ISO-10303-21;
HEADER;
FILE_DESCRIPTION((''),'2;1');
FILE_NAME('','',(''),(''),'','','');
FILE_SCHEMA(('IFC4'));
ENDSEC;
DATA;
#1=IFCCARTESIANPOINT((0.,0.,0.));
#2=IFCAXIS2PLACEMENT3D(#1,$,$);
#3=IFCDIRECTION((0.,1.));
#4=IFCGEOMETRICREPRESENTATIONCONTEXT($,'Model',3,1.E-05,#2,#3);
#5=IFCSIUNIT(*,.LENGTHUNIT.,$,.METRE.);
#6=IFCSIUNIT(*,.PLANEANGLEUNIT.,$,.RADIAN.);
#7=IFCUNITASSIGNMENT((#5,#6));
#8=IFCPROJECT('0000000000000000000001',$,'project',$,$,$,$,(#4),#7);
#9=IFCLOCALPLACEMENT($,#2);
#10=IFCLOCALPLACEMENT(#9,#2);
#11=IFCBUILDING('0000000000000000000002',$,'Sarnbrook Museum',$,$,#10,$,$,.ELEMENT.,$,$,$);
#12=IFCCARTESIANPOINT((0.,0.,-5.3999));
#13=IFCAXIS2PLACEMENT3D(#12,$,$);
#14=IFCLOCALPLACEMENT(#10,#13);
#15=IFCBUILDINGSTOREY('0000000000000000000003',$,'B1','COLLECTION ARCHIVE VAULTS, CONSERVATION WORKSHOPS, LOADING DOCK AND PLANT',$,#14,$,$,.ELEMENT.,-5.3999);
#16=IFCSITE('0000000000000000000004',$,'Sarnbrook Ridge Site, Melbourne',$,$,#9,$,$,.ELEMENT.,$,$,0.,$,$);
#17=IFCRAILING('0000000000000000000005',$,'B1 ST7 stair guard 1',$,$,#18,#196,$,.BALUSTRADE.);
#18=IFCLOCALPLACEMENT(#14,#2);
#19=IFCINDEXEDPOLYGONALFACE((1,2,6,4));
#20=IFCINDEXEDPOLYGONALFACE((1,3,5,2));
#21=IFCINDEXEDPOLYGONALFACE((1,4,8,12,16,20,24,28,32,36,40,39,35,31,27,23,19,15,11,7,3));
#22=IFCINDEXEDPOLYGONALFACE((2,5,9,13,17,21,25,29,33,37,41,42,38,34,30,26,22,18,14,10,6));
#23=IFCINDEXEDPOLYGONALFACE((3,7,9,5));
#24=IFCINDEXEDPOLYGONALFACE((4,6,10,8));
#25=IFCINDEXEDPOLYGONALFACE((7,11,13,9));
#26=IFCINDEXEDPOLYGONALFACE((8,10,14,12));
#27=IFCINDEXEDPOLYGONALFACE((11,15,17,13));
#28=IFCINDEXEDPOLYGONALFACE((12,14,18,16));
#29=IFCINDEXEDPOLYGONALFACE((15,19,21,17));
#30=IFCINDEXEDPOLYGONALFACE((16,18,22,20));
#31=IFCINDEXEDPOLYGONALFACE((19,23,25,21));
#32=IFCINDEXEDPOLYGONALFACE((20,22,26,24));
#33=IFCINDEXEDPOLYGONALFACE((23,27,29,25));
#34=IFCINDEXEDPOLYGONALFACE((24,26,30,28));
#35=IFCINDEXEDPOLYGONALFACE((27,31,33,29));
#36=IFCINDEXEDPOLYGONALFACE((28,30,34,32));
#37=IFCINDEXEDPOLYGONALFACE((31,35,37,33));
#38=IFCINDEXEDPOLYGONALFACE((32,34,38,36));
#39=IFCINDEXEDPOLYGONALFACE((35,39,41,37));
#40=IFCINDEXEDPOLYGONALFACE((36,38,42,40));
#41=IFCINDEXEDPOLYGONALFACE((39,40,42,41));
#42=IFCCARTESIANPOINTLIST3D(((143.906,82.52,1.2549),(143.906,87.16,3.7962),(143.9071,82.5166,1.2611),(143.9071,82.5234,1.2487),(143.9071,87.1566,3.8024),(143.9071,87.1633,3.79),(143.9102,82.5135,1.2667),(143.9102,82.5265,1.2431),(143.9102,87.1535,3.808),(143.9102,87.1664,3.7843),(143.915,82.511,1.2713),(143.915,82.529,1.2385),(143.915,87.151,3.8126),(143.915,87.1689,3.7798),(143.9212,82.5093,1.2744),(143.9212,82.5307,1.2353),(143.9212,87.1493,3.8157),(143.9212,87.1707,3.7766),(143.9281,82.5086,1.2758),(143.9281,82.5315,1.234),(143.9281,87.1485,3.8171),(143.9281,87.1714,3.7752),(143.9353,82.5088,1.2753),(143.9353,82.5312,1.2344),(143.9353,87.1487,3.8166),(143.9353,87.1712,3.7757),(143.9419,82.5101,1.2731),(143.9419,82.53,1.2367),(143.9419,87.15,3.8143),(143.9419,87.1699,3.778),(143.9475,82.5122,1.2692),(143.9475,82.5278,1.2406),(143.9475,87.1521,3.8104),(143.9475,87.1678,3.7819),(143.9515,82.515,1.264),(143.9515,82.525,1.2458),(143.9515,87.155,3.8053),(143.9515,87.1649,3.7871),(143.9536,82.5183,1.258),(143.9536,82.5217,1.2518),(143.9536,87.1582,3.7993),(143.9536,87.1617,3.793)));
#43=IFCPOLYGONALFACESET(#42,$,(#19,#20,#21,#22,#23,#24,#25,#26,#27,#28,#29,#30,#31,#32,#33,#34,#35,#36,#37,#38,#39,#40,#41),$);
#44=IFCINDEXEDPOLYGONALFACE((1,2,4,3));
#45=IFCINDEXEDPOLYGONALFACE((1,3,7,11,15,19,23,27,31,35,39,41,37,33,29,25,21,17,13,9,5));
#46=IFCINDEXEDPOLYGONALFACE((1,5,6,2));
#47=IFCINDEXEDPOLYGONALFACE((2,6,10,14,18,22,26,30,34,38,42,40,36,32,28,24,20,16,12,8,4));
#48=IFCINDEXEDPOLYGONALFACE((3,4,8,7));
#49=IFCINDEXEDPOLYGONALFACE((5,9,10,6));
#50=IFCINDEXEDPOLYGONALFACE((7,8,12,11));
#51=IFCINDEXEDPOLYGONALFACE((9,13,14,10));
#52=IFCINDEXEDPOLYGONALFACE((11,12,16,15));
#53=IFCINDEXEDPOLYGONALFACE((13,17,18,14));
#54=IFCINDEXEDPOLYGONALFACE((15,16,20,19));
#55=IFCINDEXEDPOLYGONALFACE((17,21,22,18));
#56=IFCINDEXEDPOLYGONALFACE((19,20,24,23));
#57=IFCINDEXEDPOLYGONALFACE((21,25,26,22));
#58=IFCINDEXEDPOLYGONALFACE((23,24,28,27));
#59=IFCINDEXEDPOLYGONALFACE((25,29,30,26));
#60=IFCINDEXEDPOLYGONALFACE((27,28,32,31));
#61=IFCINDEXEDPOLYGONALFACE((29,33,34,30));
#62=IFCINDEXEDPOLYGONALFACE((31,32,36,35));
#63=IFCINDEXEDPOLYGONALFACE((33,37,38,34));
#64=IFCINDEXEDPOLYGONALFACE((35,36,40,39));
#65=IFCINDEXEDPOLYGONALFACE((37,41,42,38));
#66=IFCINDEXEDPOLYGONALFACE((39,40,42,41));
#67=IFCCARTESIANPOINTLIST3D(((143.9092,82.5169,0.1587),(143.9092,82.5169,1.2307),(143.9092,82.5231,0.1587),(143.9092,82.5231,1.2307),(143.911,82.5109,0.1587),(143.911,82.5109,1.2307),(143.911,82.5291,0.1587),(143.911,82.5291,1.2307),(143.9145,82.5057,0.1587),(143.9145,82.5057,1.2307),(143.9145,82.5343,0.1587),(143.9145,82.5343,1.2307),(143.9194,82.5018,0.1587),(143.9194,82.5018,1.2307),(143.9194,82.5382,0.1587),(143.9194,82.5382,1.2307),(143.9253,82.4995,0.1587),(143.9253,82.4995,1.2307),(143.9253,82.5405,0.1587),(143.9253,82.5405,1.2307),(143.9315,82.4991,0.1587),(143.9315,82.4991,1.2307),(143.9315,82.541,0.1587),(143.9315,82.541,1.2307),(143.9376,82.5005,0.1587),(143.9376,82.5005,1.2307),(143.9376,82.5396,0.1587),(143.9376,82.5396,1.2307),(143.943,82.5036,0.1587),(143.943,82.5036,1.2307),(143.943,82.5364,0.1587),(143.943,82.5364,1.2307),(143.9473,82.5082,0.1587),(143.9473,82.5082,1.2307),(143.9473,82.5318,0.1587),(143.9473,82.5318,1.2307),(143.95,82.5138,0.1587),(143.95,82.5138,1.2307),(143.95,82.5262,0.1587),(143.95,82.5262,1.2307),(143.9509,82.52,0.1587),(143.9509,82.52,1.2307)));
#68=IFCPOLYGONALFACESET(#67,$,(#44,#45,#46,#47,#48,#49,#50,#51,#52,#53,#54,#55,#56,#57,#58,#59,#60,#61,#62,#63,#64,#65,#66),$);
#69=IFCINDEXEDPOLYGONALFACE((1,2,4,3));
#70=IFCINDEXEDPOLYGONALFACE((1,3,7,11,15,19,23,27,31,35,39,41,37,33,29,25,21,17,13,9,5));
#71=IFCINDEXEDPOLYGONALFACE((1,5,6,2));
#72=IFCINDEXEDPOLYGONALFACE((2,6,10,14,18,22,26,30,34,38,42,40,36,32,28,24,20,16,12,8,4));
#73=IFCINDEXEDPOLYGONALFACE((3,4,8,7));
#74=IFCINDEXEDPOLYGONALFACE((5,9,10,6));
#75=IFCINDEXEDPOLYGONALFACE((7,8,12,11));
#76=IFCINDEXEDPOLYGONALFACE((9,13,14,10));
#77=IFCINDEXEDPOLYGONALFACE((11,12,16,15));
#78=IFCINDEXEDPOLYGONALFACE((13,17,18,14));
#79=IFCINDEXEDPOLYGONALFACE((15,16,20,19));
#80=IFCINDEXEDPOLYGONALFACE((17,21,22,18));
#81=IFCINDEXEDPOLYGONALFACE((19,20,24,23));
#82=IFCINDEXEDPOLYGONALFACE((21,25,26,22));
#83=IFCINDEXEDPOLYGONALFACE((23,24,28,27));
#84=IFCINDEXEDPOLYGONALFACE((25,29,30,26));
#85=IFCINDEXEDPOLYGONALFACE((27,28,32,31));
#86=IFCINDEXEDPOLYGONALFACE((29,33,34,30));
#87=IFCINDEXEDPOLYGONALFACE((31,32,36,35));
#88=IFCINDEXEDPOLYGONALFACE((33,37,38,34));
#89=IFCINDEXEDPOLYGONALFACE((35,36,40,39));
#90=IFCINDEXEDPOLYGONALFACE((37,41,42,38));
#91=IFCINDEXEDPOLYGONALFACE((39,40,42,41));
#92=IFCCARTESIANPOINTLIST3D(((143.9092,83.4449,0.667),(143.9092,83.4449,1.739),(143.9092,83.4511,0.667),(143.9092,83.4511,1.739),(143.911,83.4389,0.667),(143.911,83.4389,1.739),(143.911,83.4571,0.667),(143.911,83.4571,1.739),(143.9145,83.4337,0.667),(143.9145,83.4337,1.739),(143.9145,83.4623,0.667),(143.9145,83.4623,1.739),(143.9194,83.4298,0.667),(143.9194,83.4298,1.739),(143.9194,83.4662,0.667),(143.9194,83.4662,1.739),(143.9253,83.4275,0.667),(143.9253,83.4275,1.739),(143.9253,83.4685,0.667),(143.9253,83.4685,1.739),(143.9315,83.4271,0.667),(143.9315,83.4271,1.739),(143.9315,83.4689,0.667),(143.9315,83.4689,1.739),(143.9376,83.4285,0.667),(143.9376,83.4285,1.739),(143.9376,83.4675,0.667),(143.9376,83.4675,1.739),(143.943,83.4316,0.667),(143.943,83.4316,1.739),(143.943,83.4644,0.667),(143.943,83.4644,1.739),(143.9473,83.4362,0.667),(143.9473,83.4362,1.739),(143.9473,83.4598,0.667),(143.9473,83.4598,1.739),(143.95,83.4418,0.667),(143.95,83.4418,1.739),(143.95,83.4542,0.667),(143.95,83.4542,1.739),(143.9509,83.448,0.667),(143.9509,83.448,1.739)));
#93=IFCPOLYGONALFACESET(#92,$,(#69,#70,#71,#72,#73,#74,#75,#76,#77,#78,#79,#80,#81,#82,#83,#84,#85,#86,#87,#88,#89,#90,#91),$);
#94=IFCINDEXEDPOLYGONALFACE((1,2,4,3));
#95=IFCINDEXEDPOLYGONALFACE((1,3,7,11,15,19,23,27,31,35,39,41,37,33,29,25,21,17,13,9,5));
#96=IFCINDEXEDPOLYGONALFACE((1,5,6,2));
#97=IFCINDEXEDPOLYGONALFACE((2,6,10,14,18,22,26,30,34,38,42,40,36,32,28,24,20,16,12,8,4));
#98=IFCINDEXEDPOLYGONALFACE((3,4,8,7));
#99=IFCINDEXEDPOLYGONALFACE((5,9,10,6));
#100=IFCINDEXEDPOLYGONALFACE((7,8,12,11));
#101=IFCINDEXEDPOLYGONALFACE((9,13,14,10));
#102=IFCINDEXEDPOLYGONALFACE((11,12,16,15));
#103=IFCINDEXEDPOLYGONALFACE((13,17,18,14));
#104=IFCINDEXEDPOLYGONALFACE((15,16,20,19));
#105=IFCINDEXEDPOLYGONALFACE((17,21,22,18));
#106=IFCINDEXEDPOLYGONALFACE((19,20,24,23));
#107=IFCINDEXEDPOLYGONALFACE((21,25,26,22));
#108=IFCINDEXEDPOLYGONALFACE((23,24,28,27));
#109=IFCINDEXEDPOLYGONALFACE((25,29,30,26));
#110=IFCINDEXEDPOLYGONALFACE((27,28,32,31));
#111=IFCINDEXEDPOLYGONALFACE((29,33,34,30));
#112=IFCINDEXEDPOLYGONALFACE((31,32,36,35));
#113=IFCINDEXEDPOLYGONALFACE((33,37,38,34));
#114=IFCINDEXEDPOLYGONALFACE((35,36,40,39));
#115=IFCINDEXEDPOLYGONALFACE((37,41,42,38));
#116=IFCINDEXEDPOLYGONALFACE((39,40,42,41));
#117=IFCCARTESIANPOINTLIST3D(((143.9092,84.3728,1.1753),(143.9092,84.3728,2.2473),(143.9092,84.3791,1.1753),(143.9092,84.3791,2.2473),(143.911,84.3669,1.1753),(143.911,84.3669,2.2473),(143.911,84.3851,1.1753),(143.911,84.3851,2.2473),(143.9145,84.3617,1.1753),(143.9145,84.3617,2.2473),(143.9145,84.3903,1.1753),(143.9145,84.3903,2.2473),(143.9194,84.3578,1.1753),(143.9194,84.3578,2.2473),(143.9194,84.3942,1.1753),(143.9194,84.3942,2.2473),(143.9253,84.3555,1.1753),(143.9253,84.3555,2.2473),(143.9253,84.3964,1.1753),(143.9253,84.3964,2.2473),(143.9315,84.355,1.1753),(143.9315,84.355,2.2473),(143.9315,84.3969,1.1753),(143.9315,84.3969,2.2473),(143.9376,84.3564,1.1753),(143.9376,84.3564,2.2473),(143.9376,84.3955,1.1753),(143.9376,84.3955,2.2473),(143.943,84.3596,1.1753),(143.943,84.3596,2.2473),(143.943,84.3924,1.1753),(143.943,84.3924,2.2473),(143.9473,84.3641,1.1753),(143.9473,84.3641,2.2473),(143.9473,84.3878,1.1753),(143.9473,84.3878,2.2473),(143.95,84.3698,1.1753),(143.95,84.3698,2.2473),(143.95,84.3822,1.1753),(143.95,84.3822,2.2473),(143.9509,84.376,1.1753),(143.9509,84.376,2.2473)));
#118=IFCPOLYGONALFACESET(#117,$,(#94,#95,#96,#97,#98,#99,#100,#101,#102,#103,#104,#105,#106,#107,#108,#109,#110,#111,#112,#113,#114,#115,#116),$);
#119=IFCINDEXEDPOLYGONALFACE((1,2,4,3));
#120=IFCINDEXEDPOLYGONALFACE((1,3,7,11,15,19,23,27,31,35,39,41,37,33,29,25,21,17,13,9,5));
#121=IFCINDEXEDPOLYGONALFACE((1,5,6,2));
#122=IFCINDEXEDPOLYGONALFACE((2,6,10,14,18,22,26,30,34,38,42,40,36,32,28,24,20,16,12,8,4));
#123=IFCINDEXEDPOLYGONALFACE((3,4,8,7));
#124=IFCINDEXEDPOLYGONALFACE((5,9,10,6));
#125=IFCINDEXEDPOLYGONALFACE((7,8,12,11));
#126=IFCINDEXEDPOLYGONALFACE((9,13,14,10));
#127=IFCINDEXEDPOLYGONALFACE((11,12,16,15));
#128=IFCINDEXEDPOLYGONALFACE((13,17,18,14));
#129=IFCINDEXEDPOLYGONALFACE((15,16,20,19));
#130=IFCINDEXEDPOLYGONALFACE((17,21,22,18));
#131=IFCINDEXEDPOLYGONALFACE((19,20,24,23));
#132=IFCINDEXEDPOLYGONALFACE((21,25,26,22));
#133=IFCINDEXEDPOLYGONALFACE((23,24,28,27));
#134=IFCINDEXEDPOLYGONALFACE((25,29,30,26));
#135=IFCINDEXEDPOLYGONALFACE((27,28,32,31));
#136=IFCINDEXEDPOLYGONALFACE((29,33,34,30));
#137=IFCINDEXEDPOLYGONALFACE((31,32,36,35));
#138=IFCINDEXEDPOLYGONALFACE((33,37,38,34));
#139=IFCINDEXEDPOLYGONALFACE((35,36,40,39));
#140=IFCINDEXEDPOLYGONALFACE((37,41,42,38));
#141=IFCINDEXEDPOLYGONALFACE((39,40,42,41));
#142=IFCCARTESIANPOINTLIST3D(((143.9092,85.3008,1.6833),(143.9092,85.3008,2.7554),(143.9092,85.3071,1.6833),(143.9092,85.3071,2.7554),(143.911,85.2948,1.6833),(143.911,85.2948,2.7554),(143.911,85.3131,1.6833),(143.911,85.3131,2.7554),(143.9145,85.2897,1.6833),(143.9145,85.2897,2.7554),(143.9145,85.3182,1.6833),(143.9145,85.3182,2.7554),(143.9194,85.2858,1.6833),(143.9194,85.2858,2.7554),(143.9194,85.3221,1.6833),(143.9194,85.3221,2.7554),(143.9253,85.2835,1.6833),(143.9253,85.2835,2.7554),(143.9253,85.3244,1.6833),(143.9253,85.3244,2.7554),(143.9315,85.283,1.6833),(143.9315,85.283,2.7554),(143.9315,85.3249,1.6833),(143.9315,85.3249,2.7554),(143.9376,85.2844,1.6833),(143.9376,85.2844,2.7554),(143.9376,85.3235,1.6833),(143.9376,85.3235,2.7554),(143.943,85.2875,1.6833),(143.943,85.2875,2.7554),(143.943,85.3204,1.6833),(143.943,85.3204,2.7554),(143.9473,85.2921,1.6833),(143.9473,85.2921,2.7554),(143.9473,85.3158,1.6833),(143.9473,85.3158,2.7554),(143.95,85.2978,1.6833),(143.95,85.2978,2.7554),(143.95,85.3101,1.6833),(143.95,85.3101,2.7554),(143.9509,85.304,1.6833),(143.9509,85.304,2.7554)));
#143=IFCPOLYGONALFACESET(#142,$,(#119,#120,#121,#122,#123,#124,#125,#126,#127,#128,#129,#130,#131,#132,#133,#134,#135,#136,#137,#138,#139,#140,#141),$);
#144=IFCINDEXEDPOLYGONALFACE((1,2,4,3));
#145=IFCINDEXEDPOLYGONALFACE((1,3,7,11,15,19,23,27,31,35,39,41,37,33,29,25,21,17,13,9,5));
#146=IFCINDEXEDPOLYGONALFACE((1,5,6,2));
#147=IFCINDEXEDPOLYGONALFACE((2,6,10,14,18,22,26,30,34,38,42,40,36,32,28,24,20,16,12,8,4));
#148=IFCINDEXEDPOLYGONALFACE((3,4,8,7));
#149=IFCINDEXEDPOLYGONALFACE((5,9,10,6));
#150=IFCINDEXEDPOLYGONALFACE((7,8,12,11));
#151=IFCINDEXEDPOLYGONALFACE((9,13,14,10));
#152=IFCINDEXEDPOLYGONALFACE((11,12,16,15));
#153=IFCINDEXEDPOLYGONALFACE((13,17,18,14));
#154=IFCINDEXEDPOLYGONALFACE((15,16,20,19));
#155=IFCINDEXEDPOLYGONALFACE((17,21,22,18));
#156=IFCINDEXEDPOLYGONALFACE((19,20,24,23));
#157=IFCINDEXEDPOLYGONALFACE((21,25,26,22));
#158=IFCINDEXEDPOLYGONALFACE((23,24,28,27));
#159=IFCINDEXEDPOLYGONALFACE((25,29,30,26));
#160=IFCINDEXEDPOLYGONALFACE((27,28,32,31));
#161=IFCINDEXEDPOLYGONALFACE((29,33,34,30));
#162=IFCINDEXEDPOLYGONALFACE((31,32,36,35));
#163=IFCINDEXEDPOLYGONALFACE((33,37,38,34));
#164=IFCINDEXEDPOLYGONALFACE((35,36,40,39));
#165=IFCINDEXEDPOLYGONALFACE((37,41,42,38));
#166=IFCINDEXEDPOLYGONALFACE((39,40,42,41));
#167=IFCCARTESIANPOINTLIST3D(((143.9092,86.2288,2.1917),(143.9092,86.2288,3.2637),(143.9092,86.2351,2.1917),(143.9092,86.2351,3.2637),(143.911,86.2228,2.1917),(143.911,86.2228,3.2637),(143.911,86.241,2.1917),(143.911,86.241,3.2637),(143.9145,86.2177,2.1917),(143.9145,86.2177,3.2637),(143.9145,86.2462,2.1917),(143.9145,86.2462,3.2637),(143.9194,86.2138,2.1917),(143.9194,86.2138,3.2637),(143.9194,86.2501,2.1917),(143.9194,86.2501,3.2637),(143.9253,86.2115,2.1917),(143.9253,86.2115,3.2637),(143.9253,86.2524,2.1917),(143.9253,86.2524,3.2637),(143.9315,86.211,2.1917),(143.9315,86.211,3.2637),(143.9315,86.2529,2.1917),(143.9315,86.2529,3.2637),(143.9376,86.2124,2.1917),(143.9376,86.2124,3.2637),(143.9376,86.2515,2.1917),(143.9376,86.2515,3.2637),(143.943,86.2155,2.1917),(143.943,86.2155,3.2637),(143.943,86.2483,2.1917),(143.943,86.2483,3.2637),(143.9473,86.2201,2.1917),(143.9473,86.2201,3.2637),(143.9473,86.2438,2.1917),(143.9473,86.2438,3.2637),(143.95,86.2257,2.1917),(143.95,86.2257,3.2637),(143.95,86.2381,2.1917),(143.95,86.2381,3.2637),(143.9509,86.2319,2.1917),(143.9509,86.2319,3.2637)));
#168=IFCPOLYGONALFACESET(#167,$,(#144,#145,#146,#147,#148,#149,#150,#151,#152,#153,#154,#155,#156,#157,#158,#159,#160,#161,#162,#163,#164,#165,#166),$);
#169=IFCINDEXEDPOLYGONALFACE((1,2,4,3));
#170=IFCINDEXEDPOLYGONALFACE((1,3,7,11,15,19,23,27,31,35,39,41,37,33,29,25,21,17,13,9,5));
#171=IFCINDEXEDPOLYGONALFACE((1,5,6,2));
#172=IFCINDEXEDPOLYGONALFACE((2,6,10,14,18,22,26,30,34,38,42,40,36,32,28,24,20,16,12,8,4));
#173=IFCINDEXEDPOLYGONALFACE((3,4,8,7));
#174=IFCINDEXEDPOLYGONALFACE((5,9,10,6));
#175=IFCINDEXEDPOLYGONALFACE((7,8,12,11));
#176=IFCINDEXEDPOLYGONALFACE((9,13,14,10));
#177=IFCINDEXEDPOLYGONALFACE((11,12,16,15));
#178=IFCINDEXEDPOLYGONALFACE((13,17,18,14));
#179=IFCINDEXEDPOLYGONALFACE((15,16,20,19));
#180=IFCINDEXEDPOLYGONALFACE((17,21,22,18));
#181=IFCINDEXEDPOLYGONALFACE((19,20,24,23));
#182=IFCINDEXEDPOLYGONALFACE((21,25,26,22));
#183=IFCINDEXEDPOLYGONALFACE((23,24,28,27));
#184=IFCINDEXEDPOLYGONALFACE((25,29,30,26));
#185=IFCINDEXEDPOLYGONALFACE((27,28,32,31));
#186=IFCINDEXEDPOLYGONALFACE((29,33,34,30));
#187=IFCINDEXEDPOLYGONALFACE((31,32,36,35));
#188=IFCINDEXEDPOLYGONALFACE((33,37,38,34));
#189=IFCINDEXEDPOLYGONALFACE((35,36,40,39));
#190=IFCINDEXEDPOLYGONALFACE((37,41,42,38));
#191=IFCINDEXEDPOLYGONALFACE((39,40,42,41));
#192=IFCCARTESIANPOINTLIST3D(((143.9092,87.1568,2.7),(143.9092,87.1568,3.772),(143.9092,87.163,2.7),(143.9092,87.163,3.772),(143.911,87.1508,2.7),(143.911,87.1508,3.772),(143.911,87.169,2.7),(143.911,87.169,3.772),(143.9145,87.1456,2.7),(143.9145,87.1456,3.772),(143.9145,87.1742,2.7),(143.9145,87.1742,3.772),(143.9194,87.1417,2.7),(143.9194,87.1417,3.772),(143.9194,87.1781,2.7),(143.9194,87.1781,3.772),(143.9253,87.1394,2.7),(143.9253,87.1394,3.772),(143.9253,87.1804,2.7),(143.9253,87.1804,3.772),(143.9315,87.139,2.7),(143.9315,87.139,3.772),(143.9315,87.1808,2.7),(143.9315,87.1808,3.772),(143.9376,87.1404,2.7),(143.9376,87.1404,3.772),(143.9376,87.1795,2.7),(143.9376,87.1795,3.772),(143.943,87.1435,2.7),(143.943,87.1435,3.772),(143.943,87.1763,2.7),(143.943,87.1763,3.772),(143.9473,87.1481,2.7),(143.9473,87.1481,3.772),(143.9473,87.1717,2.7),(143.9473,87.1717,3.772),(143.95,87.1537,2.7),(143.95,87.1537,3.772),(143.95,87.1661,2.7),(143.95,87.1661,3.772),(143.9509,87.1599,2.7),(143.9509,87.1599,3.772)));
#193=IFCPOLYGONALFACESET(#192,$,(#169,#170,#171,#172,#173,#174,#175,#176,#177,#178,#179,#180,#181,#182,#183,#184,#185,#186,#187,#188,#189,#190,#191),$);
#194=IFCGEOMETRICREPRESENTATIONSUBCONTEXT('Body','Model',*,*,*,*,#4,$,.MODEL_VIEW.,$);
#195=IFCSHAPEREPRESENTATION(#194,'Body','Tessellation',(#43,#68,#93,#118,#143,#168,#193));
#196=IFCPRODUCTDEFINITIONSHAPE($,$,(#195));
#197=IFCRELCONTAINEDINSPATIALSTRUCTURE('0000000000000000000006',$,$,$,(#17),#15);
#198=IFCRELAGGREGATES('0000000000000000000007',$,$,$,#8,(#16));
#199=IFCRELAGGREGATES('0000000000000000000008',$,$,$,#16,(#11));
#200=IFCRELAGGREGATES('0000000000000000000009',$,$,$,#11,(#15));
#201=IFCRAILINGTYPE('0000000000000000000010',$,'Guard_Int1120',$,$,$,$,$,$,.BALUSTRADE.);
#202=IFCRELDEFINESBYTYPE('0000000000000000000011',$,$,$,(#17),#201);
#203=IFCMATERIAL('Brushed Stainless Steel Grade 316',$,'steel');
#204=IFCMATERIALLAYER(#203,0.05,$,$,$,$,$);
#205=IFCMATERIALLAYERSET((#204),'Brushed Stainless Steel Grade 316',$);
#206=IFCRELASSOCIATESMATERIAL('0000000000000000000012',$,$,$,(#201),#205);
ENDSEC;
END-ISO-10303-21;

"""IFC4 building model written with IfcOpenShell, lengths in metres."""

from ifc_helpers import new_model, si_unit, direction, frame, origin, origin_2d, place, context, subcontext, project, spatial, circle, extrude, material, layer, layer_set, type_object, element, save


model = new_model("IFC4")

# Units and contexts
model_context = context("Model", 3, precision=1e-05, world=origin(), true_north=direction((0.0, 1.0)))
body_context = subcontext(model_context, "Body", "Model", "MODEL_VIEW")
ifc_project = project(units=[si_unit("LENGTHUNIT", "METRE"), si_unit("PLANEANGLEUNIT", "RADIAN")], contexts=[model_context])

# Site, building, storey
site_placement = place(None, origin())
site = spatial("IfcSite", under=ifc_project, at=site_placement, Name="Sarnbrook Ridge Site, Melbourne", CompositionType="ELEMENT", RefElevation=0.0)
building_placement = place(site_placement, origin())
building = spatial("IfcBuilding", under=site, at=building_placement, Name="Sarnbrook Museum", CompositionType="ELEMENT")
storey_placement = place(building_placement, frame((0.0, 0.0, -5.3999)))
storey = spatial("IfcBuildingStorey", under=building, at=storey_placement, Name="B1", Description="COLLECTION ARCHIVE VAULTS, CONSERVATION WORKSHOPS, LOADING DOCK AND PLANT", CompositionType="ELEMENT", Elevation=-5.3999)

# Railing
ifc_material_1 = material(Name="Brushed Stainless Steel Grade 316", Category="steel")
ifc_layer_1 = layer(ifc_material_1, 0.05)
ifc_layer_set_1 = layer_set([ifc_layer_1], Name="Brushed Stainless Steel Grade 316")
railing_type_1 = type_object("IfcRailingType", Name="Guard_Int1120", PredefinedType="BALUSTRADE", material=ifc_layer_set_1)
railing_1_placement = place(storey_placement, frame((143.9299, 82.52, 0.1587)))
element("IfcRailing", 1, at=railing_1_placement, inside=storey, type_object=railing_type_1, Name="B1 ST7 stair guard 1", PredefinedType="BALUSTRADE", context=body_context, shape_type="SweptSolid", body=[
    extrude(circle(Radius=0.0239, at=origin_2d()), frame((0.0, 0.0, 1.0962), z_axis=(0.0, 0.877067, 0.480368), x_axis=(-1.0, 0.0, 0.0)), (0.0, 0.0, 1.0), 5.2903),
    extrude(circle(Radius=0.021, at=origin_2d()), origin(), (0.0, 0.0, 1.0), 1.072),
    extrude(circle(Radius=0.021, at=origin_2d()), frame((0.0, 0.928, 0.5083)), (0.0, 0.0, 1.0), 1.072),
    extrude(circle(Radius=0.021, at=origin_2d()), frame((0.0, 1.856, 1.0166)), (0.0, 0.0, 1.0), 1.072),
    extrude(circle(Radius=0.021, at=origin_2d()), frame((0.0, 2.7839, 1.5247)), (0.0, 0.0, 1.0), 1.072),
    extrude(circle(Radius=0.021, at=origin_2d()), frame((0.0, 3.7119, 2.033)), (0.0, 0.0, 1.0), 1.072),
    extrude(circle(Radius=0.021, at=origin_2d()), frame((0.0, 4.6399, 2.5413)), (0.0, 0.0, 1.0), 1.072),
])

save(model, "model.ifc")
